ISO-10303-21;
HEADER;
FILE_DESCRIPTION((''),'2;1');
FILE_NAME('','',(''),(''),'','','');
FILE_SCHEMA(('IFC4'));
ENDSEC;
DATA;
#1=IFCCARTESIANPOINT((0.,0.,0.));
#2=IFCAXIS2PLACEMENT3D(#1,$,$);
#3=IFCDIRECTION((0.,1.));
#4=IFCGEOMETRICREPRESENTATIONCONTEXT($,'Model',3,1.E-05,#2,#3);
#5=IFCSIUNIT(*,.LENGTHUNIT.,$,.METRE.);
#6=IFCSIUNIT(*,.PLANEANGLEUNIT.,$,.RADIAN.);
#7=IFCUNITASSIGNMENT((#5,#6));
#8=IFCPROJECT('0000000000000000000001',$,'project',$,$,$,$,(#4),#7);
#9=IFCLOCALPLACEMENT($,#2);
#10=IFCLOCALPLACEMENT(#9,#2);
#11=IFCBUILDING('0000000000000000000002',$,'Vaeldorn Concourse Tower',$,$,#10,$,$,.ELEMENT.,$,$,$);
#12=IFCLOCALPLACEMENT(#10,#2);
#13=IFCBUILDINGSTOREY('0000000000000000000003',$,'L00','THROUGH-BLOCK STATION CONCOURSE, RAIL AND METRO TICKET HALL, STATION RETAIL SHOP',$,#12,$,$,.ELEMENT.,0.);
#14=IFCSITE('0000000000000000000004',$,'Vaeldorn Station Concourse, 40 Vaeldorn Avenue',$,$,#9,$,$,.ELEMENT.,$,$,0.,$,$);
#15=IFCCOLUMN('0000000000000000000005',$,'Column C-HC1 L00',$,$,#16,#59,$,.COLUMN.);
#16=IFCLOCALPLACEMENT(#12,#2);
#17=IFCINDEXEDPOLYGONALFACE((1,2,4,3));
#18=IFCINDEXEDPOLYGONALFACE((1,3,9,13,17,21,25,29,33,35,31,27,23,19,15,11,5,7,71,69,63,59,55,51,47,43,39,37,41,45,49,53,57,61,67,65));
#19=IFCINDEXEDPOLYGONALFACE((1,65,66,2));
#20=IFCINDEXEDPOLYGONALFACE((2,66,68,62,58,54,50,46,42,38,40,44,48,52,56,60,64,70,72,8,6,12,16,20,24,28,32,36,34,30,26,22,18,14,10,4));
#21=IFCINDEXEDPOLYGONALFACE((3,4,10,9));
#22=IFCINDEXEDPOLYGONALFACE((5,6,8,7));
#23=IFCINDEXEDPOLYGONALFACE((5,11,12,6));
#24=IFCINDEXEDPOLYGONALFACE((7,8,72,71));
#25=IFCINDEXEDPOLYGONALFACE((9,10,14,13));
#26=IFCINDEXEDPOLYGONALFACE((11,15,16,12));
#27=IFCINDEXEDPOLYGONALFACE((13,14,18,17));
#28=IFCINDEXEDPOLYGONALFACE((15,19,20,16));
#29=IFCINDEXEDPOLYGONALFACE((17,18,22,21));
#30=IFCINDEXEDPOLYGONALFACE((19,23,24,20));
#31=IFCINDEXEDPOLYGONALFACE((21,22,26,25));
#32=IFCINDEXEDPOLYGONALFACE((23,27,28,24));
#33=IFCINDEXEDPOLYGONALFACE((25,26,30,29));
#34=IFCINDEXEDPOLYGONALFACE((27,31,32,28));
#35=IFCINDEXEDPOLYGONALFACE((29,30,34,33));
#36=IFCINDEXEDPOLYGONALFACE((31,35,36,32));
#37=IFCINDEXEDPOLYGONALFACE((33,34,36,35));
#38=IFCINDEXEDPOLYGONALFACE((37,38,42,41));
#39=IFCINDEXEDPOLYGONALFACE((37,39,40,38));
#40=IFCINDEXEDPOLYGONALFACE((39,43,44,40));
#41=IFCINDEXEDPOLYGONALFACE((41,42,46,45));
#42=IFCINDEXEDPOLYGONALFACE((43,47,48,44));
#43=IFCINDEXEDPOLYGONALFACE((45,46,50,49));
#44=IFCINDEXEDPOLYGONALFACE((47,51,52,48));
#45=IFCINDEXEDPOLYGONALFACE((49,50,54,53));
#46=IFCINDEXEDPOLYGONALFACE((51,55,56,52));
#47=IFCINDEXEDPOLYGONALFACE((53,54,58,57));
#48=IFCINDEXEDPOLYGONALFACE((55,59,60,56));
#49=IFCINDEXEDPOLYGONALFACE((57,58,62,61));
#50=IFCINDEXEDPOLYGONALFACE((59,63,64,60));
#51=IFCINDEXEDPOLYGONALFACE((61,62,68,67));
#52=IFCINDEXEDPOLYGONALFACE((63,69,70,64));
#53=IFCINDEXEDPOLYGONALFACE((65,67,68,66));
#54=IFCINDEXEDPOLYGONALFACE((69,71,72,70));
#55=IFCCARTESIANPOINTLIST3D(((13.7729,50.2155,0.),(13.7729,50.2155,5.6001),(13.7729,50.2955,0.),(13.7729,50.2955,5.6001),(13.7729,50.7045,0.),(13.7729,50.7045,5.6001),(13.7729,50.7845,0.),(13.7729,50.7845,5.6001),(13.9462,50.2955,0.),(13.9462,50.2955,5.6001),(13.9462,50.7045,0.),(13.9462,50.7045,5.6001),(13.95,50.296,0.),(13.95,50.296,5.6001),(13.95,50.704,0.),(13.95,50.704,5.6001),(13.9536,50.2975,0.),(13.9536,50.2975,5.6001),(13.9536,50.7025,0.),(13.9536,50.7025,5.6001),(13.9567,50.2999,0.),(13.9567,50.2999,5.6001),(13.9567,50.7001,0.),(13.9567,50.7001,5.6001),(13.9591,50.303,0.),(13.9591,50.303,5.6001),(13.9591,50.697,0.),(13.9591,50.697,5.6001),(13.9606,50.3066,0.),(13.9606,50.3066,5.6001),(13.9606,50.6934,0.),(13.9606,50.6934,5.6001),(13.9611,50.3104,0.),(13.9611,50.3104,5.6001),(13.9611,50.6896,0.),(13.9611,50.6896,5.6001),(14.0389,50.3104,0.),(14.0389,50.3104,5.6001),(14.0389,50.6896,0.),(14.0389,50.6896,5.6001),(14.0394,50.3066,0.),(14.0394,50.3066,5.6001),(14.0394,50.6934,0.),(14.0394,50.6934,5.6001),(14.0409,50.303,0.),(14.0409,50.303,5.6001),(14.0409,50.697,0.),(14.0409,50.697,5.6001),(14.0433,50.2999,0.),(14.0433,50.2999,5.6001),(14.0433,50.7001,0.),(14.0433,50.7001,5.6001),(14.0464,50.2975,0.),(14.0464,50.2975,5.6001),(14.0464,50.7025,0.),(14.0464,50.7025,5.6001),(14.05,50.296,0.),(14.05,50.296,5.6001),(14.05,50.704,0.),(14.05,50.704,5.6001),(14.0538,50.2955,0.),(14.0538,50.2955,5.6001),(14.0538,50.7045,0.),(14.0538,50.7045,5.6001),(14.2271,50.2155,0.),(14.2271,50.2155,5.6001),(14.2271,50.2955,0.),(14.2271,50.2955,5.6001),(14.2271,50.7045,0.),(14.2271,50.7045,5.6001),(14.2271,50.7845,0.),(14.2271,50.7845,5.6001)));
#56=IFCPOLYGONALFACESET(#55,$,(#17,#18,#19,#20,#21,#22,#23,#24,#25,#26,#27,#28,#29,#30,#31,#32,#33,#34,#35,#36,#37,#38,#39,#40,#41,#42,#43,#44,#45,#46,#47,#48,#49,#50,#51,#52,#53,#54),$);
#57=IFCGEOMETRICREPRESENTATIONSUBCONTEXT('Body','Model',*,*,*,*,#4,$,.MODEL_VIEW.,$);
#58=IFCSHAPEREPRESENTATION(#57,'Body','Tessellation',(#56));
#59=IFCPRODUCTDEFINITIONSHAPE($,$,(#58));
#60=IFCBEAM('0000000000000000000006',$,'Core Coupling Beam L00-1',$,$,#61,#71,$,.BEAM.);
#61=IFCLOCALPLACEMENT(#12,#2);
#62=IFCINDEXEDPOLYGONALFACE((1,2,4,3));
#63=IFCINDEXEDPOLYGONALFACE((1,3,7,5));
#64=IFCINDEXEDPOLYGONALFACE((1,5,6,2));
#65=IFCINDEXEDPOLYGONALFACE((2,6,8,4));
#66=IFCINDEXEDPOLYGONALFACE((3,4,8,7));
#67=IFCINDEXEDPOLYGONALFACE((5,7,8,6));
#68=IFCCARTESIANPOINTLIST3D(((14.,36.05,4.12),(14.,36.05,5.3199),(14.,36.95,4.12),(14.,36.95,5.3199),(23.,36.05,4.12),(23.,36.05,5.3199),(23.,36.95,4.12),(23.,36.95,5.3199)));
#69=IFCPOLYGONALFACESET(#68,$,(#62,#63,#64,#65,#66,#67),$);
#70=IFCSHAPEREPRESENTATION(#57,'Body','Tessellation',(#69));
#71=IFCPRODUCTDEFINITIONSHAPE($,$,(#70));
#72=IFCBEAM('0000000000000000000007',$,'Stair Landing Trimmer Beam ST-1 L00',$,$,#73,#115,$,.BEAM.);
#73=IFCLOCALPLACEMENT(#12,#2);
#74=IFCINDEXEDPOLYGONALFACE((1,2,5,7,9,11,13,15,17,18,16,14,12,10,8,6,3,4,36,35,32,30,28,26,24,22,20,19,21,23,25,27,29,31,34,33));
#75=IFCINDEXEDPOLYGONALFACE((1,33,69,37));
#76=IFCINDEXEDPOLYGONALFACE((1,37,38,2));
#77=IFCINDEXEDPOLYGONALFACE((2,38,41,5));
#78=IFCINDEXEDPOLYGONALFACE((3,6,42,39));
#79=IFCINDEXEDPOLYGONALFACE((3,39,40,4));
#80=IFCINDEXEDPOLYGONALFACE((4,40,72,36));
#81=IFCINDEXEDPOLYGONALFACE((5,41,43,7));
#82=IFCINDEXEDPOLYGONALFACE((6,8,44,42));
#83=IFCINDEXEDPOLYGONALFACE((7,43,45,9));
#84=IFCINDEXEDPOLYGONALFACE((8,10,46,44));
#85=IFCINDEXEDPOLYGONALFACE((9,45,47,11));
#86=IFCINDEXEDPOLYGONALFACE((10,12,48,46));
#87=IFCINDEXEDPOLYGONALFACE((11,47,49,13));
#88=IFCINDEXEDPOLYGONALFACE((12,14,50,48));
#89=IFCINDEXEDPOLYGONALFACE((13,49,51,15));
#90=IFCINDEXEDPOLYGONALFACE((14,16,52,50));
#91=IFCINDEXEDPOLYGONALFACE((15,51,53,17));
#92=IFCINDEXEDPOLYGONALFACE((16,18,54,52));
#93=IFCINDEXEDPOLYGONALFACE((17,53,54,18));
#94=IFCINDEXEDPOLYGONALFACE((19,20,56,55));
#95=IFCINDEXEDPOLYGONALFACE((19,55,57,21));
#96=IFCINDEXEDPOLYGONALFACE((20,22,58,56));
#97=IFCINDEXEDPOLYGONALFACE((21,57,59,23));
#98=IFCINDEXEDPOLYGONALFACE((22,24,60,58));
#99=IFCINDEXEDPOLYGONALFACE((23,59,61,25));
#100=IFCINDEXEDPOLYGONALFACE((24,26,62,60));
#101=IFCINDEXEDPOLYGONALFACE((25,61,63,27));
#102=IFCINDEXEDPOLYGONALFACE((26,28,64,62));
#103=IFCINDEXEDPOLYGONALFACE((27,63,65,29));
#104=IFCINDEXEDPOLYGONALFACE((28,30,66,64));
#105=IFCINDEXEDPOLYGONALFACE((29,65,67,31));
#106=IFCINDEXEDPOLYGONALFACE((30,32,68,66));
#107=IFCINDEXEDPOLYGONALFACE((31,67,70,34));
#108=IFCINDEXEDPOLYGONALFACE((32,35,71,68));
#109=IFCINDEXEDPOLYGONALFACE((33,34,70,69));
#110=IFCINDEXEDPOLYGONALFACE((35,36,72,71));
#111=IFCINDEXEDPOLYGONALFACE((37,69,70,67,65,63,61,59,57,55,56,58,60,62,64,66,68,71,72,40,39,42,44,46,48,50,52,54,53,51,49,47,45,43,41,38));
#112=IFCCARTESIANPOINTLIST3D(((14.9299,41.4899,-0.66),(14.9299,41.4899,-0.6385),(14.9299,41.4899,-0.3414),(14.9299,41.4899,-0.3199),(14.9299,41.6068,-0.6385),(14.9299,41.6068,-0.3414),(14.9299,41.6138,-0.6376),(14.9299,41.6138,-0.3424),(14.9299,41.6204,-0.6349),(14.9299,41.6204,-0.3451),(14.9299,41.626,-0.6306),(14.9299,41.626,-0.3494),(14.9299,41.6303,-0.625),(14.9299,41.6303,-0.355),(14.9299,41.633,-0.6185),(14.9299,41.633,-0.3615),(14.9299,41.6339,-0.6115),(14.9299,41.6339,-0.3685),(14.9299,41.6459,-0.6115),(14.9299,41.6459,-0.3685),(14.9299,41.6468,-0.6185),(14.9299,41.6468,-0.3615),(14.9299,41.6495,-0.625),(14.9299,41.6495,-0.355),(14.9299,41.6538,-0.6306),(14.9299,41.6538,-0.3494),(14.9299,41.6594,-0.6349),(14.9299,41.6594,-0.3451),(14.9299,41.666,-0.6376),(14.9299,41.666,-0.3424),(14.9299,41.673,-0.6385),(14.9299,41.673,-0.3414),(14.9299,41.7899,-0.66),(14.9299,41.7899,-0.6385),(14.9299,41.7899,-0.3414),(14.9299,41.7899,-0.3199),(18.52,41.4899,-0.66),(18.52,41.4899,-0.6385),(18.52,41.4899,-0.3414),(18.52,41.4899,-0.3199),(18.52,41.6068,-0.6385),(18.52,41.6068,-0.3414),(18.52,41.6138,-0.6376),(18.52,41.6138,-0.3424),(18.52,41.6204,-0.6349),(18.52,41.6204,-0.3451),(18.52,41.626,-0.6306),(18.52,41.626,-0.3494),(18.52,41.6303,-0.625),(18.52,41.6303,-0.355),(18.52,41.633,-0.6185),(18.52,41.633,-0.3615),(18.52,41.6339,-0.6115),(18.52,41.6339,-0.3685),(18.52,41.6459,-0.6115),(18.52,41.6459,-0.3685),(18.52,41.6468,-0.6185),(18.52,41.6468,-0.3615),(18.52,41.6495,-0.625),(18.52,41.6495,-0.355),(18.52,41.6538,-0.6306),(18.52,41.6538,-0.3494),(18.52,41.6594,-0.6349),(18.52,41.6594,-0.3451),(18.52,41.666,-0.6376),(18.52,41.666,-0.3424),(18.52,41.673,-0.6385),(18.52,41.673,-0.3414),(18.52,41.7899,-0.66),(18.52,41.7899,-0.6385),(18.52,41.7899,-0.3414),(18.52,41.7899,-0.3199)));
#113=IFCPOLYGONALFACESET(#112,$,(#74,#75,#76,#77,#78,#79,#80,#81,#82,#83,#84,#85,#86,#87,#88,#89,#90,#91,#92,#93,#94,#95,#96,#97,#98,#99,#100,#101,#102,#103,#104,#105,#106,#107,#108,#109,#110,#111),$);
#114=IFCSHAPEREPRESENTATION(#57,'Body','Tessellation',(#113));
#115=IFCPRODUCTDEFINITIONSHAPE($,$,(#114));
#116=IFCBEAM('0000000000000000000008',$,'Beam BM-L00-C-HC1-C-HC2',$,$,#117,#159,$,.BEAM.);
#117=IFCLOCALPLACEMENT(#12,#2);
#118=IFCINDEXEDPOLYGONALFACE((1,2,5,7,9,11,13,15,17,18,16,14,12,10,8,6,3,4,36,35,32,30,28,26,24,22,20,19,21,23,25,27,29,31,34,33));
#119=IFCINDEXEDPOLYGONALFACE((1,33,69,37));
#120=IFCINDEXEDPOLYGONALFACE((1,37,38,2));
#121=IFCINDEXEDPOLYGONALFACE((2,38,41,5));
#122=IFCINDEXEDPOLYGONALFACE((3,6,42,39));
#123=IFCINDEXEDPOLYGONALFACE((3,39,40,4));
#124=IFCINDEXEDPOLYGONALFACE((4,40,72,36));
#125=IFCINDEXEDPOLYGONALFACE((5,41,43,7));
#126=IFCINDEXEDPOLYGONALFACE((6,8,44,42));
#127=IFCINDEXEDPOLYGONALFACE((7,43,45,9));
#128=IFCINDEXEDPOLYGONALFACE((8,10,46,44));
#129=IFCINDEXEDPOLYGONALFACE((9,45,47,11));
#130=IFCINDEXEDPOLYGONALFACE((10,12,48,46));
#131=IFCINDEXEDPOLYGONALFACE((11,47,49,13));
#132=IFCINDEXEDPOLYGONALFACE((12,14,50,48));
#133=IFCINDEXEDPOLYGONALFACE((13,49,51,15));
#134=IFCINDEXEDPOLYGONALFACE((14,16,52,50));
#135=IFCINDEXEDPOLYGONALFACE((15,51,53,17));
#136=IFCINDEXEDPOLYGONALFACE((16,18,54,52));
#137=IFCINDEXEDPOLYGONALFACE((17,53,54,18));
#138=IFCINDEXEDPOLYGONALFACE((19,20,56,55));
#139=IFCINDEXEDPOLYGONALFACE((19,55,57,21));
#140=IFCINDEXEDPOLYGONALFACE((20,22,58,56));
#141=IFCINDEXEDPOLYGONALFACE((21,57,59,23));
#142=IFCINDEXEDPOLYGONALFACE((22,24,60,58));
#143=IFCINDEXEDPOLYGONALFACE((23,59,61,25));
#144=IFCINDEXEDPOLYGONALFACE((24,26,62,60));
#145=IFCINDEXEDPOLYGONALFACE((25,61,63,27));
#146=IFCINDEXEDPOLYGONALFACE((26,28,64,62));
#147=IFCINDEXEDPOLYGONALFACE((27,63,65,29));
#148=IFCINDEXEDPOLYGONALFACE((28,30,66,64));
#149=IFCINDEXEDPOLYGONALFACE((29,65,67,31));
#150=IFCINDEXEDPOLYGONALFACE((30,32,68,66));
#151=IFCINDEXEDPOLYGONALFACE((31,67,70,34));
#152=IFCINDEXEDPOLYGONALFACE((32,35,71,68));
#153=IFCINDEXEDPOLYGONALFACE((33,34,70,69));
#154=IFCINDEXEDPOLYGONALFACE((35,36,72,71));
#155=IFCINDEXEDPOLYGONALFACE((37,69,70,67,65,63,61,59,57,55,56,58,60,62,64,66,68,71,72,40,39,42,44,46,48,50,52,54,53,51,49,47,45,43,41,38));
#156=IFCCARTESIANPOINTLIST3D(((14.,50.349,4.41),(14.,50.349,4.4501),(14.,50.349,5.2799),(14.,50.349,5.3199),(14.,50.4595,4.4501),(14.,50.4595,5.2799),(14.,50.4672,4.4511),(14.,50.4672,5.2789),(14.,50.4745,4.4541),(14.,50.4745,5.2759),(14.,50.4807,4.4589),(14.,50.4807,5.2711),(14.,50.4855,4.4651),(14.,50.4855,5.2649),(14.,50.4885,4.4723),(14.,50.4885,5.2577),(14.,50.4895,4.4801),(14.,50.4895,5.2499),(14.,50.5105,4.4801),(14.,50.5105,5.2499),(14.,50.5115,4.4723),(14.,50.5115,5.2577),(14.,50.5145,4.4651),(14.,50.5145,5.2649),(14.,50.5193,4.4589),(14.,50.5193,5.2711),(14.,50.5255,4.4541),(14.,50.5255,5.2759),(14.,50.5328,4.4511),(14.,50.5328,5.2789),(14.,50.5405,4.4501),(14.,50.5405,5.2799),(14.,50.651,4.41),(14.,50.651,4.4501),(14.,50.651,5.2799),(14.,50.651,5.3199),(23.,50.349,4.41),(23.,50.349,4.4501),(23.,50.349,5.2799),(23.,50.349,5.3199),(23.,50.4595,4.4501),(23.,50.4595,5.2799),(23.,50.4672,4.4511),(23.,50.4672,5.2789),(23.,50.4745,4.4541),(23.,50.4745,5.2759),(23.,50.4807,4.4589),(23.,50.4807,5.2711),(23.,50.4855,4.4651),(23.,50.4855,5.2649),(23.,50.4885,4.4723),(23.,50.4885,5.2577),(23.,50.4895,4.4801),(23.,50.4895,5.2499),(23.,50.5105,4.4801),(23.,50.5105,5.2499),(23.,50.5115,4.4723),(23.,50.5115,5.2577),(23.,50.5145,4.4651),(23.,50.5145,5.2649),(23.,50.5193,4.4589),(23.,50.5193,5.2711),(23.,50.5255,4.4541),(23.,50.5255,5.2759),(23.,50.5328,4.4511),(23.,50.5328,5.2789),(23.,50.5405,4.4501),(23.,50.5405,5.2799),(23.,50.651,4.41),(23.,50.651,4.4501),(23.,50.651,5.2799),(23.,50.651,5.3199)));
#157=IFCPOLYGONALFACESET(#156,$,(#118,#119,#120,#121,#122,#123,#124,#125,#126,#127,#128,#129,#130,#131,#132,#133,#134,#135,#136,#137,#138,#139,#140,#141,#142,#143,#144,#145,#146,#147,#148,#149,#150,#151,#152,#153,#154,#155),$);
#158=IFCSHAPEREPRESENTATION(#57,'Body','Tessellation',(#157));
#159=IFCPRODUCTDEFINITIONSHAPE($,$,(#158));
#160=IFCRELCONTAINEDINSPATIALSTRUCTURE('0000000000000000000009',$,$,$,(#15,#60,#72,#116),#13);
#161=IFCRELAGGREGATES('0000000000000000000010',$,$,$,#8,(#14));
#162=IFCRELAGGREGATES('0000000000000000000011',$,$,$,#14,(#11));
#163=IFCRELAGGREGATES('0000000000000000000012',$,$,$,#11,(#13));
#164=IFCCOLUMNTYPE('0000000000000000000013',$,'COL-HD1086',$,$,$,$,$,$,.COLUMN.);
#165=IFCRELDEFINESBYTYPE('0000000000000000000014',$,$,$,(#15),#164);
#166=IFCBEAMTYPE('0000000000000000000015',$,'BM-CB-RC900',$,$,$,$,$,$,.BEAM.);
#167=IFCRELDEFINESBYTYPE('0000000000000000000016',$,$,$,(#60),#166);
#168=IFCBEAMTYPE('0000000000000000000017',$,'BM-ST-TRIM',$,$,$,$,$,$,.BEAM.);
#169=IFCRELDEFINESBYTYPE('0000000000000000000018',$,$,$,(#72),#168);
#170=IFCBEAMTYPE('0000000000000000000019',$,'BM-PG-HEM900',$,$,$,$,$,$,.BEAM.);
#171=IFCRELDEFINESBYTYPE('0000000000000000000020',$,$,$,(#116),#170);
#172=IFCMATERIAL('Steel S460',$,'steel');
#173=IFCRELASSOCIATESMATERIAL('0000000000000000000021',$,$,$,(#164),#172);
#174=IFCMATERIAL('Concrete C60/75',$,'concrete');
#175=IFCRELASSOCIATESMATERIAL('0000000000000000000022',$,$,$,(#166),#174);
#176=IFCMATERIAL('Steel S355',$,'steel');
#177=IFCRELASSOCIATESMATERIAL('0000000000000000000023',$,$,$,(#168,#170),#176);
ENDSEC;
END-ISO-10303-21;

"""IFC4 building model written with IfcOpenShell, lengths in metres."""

from ifc_helpers import new_model, si_unit, direction, frame, origin, origin_2d, place, context, subcontext, project, spatial, rectangle, i_section, extrude, source, transform, mapped, material, material_profile, profile_set, type_object, element, save


model = new_model("IFC4")

# Units and contexts
model_context = context("Model", 3, precision=1e-05, world=origin(), true_north=direction((0.0, 1.0)))
body_context = subcontext(model_context, "Body", "Model", "MODEL_VIEW")
ifc_project = project(units=[si_unit("LENGTHUNIT", "METRE"), si_unit("PLANEANGLEUNIT", "RADIAN")], contexts=[model_context])

# Site, building, storey
site_placement = place(None, origin())
site = spatial("IfcSite", under=ifc_project, at=site_placement, Name="Vaeldorn Station Concourse, 40 Vaeldorn Avenue", CompositionType="ELEMENT", RefElevation=0.0)
building_placement = place(site_placement, origin())
building = spatial("IfcBuilding", under=site, at=building_placement, Name="Vaeldorn Concourse Tower", CompositionType="ELEMENT")
storey_placement = place(building_placement, origin())
storey = spatial("IfcBuildingStorey", under=building, at=storey_placement, Name="L00", Description="THROUGH-BLOCK STATION CONCOURSE, RAIL AND METRO TICKET HALL, STATION RETAIL SHOP", CompositionType="ELEMENT", Elevation=0.0)

# Column
ifc_material_1 = material(Name="Steel S460", Category="steel")
ifc_material_profile_1 = material_profile(ifc_material_1, i_section(OverallWidth=0.4541, OverallDepth=0.5691, WebThickness=0.0779, FlangeThickness=0.0801, FilletRadius=0.0149, at=origin_2d()), Name="HD 400x1086")
ifc_profile_set_1 = profile_set([ifc_material_profile_1], Name="Steel S460")
column_type = type_object("IfcColumnType", Name="COL-HD1086", PredefinedType="COLUMN", material=ifc_profile_set_1)
shared_shape_1 = source(origin(), body_context, "Body", "SweptSolid", [
    extrude(i_section(OverallWidth=0.4541, OverallDepth=0.5691, WebThickness=0.0779, FlangeThickness=0.0801, FilletRadius=0.0149, at=origin_2d()), origin(), (0.0, 0.0, 1.0), 5.6001),
])
column_placement = place(storey_placement, frame((14.0, 50.5, 0.0), z_axis=(0.0, 0.0, 1.0), x_axis=(1.0, 0.0, 0.0)))
element("IfcColumn", 1, at=column_placement, inside=storey, type_object=column_type, Name="Column C-HC1 L00", PredefinedType="COLUMN", context=body_context, shape_type="MappedRepresentation", body=[
    mapped(shared_shape_1, transform((0.0, 0.0, 0.0), scale=1.0)),
])

# Beams
ifc_material_2 = material(Name="Concrete C60/75", Category="concrete")
ifc_material_profile_2 = material_profile(ifc_material_2, rectangle(XDim=0.8999, YDim=1.2, at=origin_2d()), Name="RC 900x1200")
ifc_profile_set_2 = profile_set([ifc_material_profile_2], Name="Concrete C60/75")
beam_type_1 = type_object("IfcBeamType", Name="BM-CB-RC900", PredefinedType="BEAM", material=ifc_profile_set_2)
shared_shape_2 = source(origin(), body_context, "Body", "SweptSolid", [
    extrude(rectangle(XDim=0.8999, YDim=1.2, at=origin_2d()), origin(), (0.0, 0.0, 1.0), 9.0),
])
beam_1_placement = place(storey_placement, frame((14.0, 36.5, 4.72), z_axis=(1.0, 0.0, 0.0), x_axis=(0.0, 1.0, 0.0)))
element("IfcBeam", 2, at=beam_1_placement, inside=storey, type_object=beam_type_1, Name="Core Coupling Beam L00-1", PredefinedType="BEAM", context=body_context, shape_type="MappedRepresentation", body=[
    mapped(shared_shape_2, transform((0.0, 0.0, 0.0), scale=1.0)),
])
ifc_material_3 = material(Name="Steel S355", Category="steel")
ifc_material_profile_3 = material_profile(ifc_material_3, i_section(OverallWidth=0.3, OverallDepth=0.3401, WebThickness=0.012, FlangeThickness=0.0215, FilletRadius=0.0271, at=origin_2d()), Name="HEB 340")
ifc_profile_set_3 = profile_set([ifc_material_profile_3], Name="Steel S355")
beam_type_2 = type_object("IfcBeamType", Name="BM-ST-TRIM", PredefinedType="BEAM", material=ifc_profile_set_3)
shared_shape_3 = source(origin(), body_context, "Body", "SweptSolid", [
    extrude(i_section(OverallWidth=0.3, OverallDepth=0.3401, WebThickness=0.012, FlangeThickness=0.0215, FilletRadius=0.0271, at=origin_2d()), origin(), (0.0, 0.0, 1.0), 3.5901),
])
beam_2_placement = place(storey_placement, frame((14.9299, 41.6399, -0.49), z_axis=(1.0, 0.0, 0.0), x_axis=(0.0, 1.0, 0.0)))
element("IfcBeam", 3, at=beam_2_placement, inside=storey, type_object=beam_type_2, Name="Stair Landing Trimmer Beam ST-1 L00", PredefinedType="BEAM", context=body_context, shape_type="MappedRepresentation", body=[
    mapped(shared_shape_3, transform((0.0, 0.0, 0.0), scale=1.0)),
])
ifc_material_profile_4 = material_profile(ifc_material_3, i_section(OverallWidth=0.302, OverallDepth=0.9099, WebThickness=0.021, FlangeThickness=0.04, FilletRadius=0.03, at=origin_2d()), Name="HEM 900")
ifc_profile_set_4 = profile_set([ifc_material_profile_4], Name="Steel S355")
beam_type_3 = type_object("IfcBeamType", Name="BM-PG-HEM900", PredefinedType="BEAM", material=ifc_profile_set_4)
shared_shape_4 = source(origin(), body_context, "Body", "SweptSolid", [
    extrude(i_section(OverallWidth=0.302, OverallDepth=0.9099, WebThickness=0.021, FlangeThickness=0.04, FilletRadius=0.03, at=origin_2d()), origin(), (0.0, 0.0, 1.0), 9.0),
])
beam_3_placement = place(storey_placement, frame((14.0, 50.5, 4.865), z_axis=(1.0, 0.0, 0.0), x_axis=(0.0, 1.0, 0.0)))
element("IfcBeam", 4, at=beam_3_placement, inside=storey, type_object=beam_type_3, Name="Beam BM-L00-C-HC1-C-HC2", PredefinedType="BEAM", context=body_context, shape_type="MappedRepresentation", body=[
    mapped(shared_shape_4, transform((0.0, 0.0, 0.0), scale=1.0)),
])

save(model, "model.ifc")
